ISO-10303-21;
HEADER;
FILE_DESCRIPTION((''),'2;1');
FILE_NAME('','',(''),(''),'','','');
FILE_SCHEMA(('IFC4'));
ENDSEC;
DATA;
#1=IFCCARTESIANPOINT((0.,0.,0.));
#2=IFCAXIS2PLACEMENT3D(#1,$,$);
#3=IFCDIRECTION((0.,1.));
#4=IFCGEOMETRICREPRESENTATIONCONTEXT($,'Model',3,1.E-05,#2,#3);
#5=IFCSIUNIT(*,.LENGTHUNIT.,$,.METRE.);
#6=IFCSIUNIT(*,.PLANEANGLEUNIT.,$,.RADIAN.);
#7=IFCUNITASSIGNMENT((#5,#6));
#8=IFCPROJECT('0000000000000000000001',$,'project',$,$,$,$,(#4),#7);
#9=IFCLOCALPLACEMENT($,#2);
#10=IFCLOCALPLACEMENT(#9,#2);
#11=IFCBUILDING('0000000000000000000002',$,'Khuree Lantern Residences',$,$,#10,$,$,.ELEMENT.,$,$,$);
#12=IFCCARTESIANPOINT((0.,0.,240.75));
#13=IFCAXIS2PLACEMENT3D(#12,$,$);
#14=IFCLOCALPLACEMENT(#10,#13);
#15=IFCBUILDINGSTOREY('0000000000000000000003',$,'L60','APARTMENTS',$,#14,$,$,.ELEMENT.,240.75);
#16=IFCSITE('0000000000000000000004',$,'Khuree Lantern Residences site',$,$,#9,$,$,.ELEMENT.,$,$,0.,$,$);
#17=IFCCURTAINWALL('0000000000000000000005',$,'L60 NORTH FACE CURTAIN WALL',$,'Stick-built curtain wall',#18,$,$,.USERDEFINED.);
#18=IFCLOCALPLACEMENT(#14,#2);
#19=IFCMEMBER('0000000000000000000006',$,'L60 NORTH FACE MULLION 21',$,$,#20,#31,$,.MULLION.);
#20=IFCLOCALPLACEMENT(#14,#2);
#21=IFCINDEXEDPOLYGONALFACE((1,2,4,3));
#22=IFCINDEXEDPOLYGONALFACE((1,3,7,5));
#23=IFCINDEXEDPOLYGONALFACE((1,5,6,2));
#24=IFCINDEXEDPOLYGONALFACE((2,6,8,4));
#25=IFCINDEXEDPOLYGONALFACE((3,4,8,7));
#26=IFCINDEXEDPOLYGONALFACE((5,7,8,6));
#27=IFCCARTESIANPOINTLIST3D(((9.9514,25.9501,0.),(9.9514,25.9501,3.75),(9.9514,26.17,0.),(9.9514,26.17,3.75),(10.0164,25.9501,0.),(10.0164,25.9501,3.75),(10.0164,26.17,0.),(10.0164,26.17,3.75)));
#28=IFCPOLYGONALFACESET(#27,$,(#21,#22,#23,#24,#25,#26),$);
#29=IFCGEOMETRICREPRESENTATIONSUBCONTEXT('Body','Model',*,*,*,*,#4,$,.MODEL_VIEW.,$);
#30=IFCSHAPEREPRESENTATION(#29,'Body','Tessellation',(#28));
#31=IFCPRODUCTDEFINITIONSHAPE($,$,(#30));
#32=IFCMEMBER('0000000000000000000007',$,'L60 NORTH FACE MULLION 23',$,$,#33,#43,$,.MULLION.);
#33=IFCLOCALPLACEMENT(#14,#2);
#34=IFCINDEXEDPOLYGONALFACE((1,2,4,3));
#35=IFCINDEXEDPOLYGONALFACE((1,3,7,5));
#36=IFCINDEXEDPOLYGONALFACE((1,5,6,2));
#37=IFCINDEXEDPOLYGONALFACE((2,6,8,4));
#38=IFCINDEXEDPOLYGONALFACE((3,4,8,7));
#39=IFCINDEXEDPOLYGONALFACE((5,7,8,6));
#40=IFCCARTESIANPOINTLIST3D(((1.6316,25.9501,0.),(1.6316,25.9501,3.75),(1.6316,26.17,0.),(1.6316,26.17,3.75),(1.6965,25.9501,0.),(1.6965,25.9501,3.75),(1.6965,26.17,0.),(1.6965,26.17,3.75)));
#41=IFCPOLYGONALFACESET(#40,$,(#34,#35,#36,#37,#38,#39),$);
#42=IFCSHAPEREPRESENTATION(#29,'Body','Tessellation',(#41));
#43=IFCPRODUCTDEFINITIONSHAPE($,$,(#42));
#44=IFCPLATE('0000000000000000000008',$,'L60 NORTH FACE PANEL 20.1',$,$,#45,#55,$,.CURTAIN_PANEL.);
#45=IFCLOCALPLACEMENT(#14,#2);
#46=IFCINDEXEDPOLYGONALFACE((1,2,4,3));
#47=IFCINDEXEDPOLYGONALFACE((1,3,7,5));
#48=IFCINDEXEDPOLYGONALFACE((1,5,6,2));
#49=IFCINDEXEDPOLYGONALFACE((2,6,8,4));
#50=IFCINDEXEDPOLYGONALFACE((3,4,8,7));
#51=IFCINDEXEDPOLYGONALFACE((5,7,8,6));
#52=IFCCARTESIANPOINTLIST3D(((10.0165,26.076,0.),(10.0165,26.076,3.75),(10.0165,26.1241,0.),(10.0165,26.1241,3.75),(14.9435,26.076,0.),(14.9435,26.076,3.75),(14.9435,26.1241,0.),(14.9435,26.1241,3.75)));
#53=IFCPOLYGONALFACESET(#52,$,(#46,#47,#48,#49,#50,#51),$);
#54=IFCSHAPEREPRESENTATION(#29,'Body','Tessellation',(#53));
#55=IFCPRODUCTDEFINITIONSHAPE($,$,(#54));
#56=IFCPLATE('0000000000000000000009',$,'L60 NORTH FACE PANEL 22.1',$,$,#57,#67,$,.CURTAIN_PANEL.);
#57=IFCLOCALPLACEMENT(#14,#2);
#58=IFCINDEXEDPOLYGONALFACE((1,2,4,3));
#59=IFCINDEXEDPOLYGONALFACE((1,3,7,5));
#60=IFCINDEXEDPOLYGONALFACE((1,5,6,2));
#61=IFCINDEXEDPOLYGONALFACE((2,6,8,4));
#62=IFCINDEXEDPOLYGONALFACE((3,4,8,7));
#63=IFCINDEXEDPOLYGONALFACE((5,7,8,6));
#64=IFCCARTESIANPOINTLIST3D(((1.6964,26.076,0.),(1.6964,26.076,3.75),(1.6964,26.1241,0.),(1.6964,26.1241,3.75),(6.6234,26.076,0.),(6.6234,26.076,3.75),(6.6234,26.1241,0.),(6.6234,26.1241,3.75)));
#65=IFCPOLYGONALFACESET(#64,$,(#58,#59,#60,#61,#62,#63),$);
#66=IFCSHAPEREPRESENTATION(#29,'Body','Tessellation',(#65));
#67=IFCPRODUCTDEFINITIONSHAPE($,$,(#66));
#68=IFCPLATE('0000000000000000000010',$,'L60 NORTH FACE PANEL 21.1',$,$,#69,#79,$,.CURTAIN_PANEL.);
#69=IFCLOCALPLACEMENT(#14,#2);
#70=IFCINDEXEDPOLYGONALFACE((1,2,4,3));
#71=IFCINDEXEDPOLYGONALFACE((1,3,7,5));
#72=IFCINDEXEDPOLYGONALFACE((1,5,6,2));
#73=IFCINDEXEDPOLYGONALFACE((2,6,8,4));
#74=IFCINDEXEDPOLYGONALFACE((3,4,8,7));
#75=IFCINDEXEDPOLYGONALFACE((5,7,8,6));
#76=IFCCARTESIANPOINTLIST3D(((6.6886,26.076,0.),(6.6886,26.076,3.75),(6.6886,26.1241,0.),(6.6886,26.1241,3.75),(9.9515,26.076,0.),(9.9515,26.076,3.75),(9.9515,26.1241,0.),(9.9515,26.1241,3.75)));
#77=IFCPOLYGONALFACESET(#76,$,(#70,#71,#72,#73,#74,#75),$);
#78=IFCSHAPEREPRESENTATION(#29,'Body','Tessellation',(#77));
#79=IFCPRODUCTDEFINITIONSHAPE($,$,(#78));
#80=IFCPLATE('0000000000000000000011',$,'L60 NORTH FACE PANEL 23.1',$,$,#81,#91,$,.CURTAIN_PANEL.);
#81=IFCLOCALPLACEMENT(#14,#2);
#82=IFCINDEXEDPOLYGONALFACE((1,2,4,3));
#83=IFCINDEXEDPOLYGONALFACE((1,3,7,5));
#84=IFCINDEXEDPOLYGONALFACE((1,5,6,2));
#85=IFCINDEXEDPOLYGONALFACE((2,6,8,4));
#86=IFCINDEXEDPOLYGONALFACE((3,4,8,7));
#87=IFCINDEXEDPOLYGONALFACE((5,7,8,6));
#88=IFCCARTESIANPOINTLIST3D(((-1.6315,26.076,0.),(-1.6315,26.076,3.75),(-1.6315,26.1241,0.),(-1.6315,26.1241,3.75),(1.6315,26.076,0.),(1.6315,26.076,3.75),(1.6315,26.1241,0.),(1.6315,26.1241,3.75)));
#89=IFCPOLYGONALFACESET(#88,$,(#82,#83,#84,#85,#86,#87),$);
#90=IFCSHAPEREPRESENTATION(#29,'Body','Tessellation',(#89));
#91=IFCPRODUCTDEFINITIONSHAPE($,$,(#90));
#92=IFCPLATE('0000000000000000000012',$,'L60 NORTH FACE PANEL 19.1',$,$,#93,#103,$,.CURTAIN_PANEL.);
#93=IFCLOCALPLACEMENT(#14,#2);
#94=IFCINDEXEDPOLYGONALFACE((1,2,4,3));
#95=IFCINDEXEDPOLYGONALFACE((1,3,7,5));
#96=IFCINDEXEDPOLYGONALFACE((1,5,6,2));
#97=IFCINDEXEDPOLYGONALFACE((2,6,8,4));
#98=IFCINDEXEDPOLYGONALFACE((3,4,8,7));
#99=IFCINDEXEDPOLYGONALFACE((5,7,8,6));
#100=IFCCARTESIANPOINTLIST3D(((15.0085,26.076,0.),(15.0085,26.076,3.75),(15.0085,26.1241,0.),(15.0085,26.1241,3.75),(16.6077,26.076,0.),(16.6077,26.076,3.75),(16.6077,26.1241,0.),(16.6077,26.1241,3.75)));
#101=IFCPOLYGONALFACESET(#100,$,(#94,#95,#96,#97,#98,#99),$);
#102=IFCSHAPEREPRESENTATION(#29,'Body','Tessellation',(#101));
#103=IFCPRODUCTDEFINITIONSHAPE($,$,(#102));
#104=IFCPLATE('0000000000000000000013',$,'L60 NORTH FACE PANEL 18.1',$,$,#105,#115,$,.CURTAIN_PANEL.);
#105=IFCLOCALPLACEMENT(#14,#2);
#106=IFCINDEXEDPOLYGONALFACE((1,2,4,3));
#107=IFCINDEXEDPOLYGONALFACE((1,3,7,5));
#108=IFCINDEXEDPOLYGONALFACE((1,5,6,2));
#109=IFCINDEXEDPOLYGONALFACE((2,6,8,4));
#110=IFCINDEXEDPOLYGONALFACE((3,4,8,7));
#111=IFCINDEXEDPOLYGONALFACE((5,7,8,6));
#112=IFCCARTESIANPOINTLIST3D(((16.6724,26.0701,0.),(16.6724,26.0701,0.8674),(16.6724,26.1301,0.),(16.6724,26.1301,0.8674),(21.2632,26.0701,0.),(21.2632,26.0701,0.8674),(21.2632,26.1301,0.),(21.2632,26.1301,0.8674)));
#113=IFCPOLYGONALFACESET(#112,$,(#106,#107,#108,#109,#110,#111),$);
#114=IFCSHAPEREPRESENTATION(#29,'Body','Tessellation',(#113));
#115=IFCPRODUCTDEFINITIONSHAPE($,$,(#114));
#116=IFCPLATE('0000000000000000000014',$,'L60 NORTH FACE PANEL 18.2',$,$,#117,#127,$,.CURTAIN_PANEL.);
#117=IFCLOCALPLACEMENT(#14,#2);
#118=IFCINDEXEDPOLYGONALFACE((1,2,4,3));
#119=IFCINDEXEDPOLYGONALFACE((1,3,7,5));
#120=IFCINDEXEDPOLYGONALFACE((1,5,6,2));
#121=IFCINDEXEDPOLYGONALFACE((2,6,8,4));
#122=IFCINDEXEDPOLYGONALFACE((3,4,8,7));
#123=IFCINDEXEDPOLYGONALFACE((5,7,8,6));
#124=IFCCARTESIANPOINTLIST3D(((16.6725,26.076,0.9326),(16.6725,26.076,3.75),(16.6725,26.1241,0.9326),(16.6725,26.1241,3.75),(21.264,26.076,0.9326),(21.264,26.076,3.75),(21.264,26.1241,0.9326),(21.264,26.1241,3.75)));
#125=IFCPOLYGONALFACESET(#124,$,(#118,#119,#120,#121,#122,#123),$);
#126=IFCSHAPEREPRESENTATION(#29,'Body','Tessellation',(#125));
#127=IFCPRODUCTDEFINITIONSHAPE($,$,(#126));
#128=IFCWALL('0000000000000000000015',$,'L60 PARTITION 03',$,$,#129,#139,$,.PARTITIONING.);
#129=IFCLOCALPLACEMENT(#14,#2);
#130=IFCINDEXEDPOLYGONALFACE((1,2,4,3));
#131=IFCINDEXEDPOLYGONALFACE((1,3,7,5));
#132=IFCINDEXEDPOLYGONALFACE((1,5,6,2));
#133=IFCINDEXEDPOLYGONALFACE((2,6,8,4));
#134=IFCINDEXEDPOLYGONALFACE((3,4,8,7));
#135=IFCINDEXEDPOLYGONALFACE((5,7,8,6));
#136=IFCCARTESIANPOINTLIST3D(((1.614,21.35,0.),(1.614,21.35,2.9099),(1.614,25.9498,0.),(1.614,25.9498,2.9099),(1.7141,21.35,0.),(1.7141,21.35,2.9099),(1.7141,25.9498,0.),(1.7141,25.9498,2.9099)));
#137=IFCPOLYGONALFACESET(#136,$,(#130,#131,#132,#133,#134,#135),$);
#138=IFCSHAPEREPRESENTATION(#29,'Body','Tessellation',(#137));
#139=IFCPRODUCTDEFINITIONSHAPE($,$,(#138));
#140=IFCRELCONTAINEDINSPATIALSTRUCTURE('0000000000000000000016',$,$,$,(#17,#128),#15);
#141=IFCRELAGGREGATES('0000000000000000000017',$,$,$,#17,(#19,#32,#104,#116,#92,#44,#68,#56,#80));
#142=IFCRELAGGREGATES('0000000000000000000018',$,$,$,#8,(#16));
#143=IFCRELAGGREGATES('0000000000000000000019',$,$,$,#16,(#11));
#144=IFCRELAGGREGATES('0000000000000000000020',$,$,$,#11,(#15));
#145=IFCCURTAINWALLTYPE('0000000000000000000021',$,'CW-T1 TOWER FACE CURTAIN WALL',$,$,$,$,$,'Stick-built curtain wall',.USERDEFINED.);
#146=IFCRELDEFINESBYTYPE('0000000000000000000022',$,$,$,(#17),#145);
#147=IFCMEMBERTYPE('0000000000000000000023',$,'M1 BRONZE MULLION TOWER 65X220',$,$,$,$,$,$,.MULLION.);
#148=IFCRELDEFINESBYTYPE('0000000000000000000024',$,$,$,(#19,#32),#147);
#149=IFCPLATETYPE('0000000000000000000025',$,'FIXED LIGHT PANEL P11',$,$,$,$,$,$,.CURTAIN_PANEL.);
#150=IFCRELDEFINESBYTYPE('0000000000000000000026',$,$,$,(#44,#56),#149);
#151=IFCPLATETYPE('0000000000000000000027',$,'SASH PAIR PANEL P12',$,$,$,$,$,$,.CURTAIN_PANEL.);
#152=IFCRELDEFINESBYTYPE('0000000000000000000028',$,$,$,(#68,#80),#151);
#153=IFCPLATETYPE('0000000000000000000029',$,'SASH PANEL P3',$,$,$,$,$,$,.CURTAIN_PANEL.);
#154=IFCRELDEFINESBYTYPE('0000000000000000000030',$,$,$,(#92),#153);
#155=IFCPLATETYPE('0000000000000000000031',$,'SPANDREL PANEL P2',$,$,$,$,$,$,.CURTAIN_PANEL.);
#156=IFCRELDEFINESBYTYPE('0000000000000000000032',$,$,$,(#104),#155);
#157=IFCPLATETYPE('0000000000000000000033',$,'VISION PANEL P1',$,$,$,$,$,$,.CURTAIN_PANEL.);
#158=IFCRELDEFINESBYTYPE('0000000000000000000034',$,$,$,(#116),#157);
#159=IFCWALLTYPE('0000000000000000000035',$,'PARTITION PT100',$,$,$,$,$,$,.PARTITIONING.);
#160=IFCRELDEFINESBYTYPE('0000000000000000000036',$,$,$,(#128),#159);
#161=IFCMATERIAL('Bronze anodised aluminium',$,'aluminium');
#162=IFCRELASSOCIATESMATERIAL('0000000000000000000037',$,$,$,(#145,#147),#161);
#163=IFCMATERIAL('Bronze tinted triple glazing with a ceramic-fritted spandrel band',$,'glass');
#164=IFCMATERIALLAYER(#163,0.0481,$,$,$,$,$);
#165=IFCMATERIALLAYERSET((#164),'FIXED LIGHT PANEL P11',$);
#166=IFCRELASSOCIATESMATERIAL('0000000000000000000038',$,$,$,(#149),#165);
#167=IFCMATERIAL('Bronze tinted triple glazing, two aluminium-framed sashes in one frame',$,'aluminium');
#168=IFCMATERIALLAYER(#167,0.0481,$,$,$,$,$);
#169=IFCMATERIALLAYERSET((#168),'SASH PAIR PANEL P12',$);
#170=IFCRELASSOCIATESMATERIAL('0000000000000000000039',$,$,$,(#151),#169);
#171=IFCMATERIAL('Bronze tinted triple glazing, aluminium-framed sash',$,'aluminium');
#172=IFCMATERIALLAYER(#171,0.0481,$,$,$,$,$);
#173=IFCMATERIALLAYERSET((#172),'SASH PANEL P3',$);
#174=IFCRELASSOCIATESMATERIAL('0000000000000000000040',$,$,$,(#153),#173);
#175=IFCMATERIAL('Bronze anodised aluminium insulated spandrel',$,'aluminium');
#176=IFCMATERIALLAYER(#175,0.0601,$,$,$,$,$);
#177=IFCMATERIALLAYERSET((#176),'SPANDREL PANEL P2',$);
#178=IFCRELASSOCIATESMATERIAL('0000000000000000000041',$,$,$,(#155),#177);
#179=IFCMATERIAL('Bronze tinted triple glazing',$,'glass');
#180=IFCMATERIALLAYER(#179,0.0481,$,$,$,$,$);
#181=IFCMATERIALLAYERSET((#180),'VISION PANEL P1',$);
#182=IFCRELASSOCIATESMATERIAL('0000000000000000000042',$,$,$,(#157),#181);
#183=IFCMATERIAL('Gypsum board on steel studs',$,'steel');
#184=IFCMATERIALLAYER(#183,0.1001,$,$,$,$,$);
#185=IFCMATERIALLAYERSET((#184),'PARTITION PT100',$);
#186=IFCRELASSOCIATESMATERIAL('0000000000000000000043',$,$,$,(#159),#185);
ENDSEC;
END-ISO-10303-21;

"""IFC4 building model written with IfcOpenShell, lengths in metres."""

from ifc_helpers import new_model, si_unit, direction, frame, frame_2d, origin, origin_2d, place, context, subcontext, project, spatial, rectangle, extrude, material, layer, layer_set, material_profile, profile_set, type_object, element, aggregate, save


model = new_model("IFC4")

# Units and contexts
model_context = context("Model", 3, precision=1e-05, world=origin(), true_north=direction((0.0, 1.0)))
body_context = subcontext(model_context, "Body", "Model", "MODEL_VIEW")
ifc_project = project(units=[si_unit("LENGTHUNIT", "METRE"), si_unit("PLANEANGLEUNIT", "RADIAN")], contexts=[model_context])

# Site, building, storey
site_placement = place(None, origin())
site = spatial("IfcSite", under=ifc_project, at=site_placement, Name="Khuree Lantern Residences site", CompositionType="ELEMENT", RefElevation=0.0)
building_placement = place(site_placement, origin())
building = spatial("IfcBuilding", under=site, at=building_placement, Name="Khuree Lantern Residences", CompositionType="ELEMENT")
storey_placement = place(building_placement, frame((0.0, 0.0, 240.75)))
storey = spatial("IfcBuildingStorey", under=building, at=storey_placement, Name="L60", Description="APARTMENTS", CompositionType="ELEMENT", Elevation=240.75)

# Curtain wall
ifc_material_1 = material(Name="Bronze anodised aluminium", Category="aluminium")
curtain_wall_type = type_object("IfcCurtainWallType", Name="CW-T1 TOWER FACE CURTAIN WALL", ElementType="Stick-built curtain wall", PredefinedType="USERDEFINED", material=ifc_material_1)
curtain_wall_placement = place(storey_placement, origin())
curtain_wall = element("IfcCurtainWall", 1, at=curtain_wall_placement, inside=storey, type_object=curtain_wall_type, Name="L60 NORTH FACE CURTAIN WALL", ObjectType="Stick-built curtain wall", PredefinedType="USERDEFINED")

# Members
ifc_material_profile_1 = material_profile(ifc_material_1, rectangle(XDim=0.0649, YDim=0.22, at=origin_2d()), Name="M1 65X220")
ifc_profile_set_1 = profile_set([ifc_material_profile_1], Name="Bronze anodised aluminium")
member_type_1 = type_object("IfcMemberType", Name="M1 BRONZE MULLION TOWER 65X220", PredefinedType="MULLION", material=ifc_profile_set_1)
member_1_placement = place(storey_placement, frame((9.9839, 26.0601, 0.0), z_axis=(0.0, 0.0, 1.0), x_axis=(-1.0, 0.0, 0.0)))
member_1 = element("IfcMember", 2, at=member_1_placement, type_object=member_type_1, Name="L60 NORTH FACE MULLION 21", PredefinedType="MULLION", context=body_context, shape_type="SweptSolid", body=[
    extrude(rectangle(XDim=0.0649, YDim=0.22, at=origin_2d()), origin(), (0.0, 0.0, 1.0), 3.75),
])
member_2_placement = place(storey_placement, frame((1.6641, 26.0601, 0.0), z_axis=(0.0, 0.0, 1.0), x_axis=(-1.0, 0.0, 0.0)))
member_2 = element("IfcMember", 3, at=member_2_placement, type_object=member_type_1, Name="L60 NORTH FACE MULLION 23", PredefinedType="MULLION", context=body_context, shape_type="SweptSolid", body=[
    extrude(rectangle(XDim=0.0649, YDim=0.22, at=origin_2d()), origin(), (0.0, 0.0, 1.0), 3.75),
])

# Plates
ifc_material_2 = material(Name="Bronze tinted triple glazing with a ceramic-fritted spandrel band", Category="glass")
ifc_layer_1 = layer(ifc_material_2, 0.0481)
ifc_layer_set_1 = layer_set([ifc_layer_1], Name="FIXED LIGHT PANEL P11")
plate_type_1 = type_object("IfcPlateType", Name="FIXED LIGHT PANEL P11", PredefinedType="CURTAIN_PANEL", material=ifc_layer_set_1)
plate_1_placement = place(storey_placement, frame((12.48, 26.1001, 0.0), z_axis=(0.0, 0.0, 1.0), x_axis=(-1.0, 0.0, 0.0)))
plate_1 = element("IfcPlate", 4, at=plate_1_placement, type_object=plate_type_1, Name="L60 NORTH FACE PANEL 20.1", PredefinedType="CURTAIN_PANEL", context=body_context, shape_type="SweptSolid", body=[
    extrude(rectangle(XDim=4.927, YDim=0.0481, at=origin_2d()), origin(), (0.0, 0.0, 1.0), 3.75),
])
plate_2_placement = place(storey_placement, frame((4.1599, 26.1001, 0.0), z_axis=(0.0, 0.0, 1.0), x_axis=(-1.0, 0.0, 0.0)))
plate_2 = element("IfcPlate", 5, at=plate_2_placement, type_object=plate_type_1, Name="L60 NORTH FACE PANEL 22.1", PredefinedType="CURTAIN_PANEL", context=body_context, shape_type="SweptSolid", body=[
    extrude(rectangle(XDim=4.927, YDim=0.0481, at=origin_2d()), origin(), (0.0, 0.0, 1.0), 3.75),
])
ifc_material_3 = material(Name="Bronze tinted triple glazing, two aluminium-framed sashes in one frame", Category="aluminium")
ifc_layer_2 = layer(ifc_material_3, 0.0481)
ifc_layer_set_2 = layer_set([ifc_layer_2], Name="SASH PAIR PANEL P12")
plate_type_2 = type_object("IfcPlateType", Name="SASH PAIR PANEL P12", PredefinedType="CURTAIN_PANEL", material=ifc_layer_set_2)
plate_3_placement = place(storey_placement, frame((8.3201, 26.1001, 0.0), z_axis=(0.0, 0.0, 1.0), x_axis=(-1.0, 0.0, 0.0)))
plate_3 = element("IfcPlate", 6, at=plate_3_placement, type_object=plate_type_2, Name="L60 NORTH FACE PANEL 21.1", PredefinedType="CURTAIN_PANEL", context=body_context, shape_type="SweptSolid", body=[
    extrude(rectangle(XDim=3.2629, YDim=0.0481, at=origin_2d()), origin(), (0.0, 0.0, 1.0), 3.75),
])
plate_4_placement = place(storey_placement, frame((0.0, 26.1001, 0.0), z_axis=(0.0, 0.0, 1.0), x_axis=(-1.0, 0.0, 0.0)))
plate_4 = element("IfcPlate", 7, at=plate_4_placement, type_object=plate_type_2, Name="L60 NORTH FACE PANEL 23.1", PredefinedType="CURTAIN_PANEL", context=body_context, shape_type="SweptSolid", body=[
    extrude(rectangle(XDim=3.2629, YDim=0.0481, at=origin_2d()), origin(), (0.0, 0.0, 1.0), 3.75),
])
ifc_material_4 = material(Name="Bronze tinted triple glazing, aluminium-framed sash", Category="aluminium")
ifc_layer_3 = layer(ifc_material_4, 0.0481)
ifc_layer_set_3 = layer_set([ifc_layer_3], Name="SASH PANEL P3")
plate_type_3 = type_object("IfcPlateType", Name="SASH PANEL P3", PredefinedType="CURTAIN_PANEL", material=ifc_layer_set_3)
plate_5_placement = place(storey_placement, frame((15.8081, 26.1001, 0.0), z_axis=(0.0, 0.0, 1.0), x_axis=(-1.0, 0.0, 0.0)))
plate_5 = element("IfcPlate", 8, at=plate_5_placement, type_object=plate_type_3, Name="L60 NORTH FACE PANEL 19.1", PredefinedType="CURTAIN_PANEL", context=body_context, shape_type="SweptSolid", body=[
    extrude(rectangle(XDim=1.5991, YDim=0.0481, at=origin_2d()), origin(), (0.0, 0.0, 1.0), 3.75),
])
ifc_material_5 = material(Name="Bronze anodised aluminium insulated spandrel", Category="aluminium")
ifc_layer_4 = layer(ifc_material_5, 0.0601)
ifc_layer_set_4 = layer_set([ifc_layer_4], Name="SPANDREL PANEL P2")
plate_type_4 = type_object("IfcPlateType", Name="SPANDREL PANEL P2", PredefinedType="CURTAIN_PANEL", material=ifc_layer_set_4)
plate_6_placement = place(storey_placement, frame((18.9678, 26.1001, 0.0), z_axis=(0.0, 0.0, 1.0), x_axis=(-1.0, 0.0, 0.0)))
plate_6 = element("IfcPlate", 9, at=plate_6_placement, type_object=plate_type_4, Name="L60 NORTH FACE PANEL 18.1", PredefinedType="CURTAIN_PANEL", context=body_context, shape_type="SweptSolid", body=[
    extrude(rectangle(XDim=4.5908, YDim=0.0601, at=origin_2d()), origin(), (0.0, 0.0, 1.0), 0.8674),
])
ifc_material_6 = material(Name="Bronze tinted triple glazing", Category="glass")
ifc_layer_5 = layer(ifc_material_6, 0.0481)
ifc_layer_set_5 = layer_set([ifc_layer_5], Name="VISION PANEL P1")
plate_type_5 = type_object("IfcPlateType", Name="VISION PANEL P1", PredefinedType="CURTAIN_PANEL", material=ifc_layer_set_5)
plate_7_placement = place(storey_placement, frame((18.9683, 26.1001, 0.9326), z_axis=(0.0, 0.0, 1.0), x_axis=(-1.0, 0.0, 0.0)))
plate_7 = element("IfcPlate", 10, at=plate_7_placement, type_object=plate_type_5, Name="L60 NORTH FACE PANEL 18.2", PredefinedType="CURTAIN_PANEL", context=body_context, shape_type="SweptSolid", body=[
    extrude(rectangle(XDim=4.5916, YDim=0.0481, at=origin_2d()), origin(), (0.0, 0.0, 1.0), 2.8174),
])
aggregate(curtain_wall, [member_1, member_2, plate_6, plate_7, plate_5, plate_1, plate_3, plate_2, plate_4])

# Wall
ifc_material_7 = material(Name="Gypsum board on steel studs", Category="steel")
ifc_layer_6 = layer(ifc_material_7, 0.1001)
ifc_layer_set_6 = layer_set([ifc_layer_6], Name="PARTITION PT100")
wall_type = type_object("IfcWallType", Name="PARTITION PT100", PredefinedType="PARTITIONING", material=ifc_layer_set_6)
wall_1_placement = place(storey_placement, frame((1.6641, 21.3501, 0.0), z_axis=(0.0, 0.0, 1.0), x_axis=(0.0, 1.0, 0.0)))
element("IfcWall", 11, at=wall_1_placement, inside=storey, type_object=wall_type, Name="L60 PARTITION 03", PredefinedType="PARTITIONING", context=body_context, shape_type="SweptSolid", body=[
    extrude(rectangle(XDim=4.5999, YDim=0.1001, at=frame_2d((2.2998, 0.0))), origin(), (0.0, 0.0, 1.0), 2.9099),
])

save(model, "model.ifc")
